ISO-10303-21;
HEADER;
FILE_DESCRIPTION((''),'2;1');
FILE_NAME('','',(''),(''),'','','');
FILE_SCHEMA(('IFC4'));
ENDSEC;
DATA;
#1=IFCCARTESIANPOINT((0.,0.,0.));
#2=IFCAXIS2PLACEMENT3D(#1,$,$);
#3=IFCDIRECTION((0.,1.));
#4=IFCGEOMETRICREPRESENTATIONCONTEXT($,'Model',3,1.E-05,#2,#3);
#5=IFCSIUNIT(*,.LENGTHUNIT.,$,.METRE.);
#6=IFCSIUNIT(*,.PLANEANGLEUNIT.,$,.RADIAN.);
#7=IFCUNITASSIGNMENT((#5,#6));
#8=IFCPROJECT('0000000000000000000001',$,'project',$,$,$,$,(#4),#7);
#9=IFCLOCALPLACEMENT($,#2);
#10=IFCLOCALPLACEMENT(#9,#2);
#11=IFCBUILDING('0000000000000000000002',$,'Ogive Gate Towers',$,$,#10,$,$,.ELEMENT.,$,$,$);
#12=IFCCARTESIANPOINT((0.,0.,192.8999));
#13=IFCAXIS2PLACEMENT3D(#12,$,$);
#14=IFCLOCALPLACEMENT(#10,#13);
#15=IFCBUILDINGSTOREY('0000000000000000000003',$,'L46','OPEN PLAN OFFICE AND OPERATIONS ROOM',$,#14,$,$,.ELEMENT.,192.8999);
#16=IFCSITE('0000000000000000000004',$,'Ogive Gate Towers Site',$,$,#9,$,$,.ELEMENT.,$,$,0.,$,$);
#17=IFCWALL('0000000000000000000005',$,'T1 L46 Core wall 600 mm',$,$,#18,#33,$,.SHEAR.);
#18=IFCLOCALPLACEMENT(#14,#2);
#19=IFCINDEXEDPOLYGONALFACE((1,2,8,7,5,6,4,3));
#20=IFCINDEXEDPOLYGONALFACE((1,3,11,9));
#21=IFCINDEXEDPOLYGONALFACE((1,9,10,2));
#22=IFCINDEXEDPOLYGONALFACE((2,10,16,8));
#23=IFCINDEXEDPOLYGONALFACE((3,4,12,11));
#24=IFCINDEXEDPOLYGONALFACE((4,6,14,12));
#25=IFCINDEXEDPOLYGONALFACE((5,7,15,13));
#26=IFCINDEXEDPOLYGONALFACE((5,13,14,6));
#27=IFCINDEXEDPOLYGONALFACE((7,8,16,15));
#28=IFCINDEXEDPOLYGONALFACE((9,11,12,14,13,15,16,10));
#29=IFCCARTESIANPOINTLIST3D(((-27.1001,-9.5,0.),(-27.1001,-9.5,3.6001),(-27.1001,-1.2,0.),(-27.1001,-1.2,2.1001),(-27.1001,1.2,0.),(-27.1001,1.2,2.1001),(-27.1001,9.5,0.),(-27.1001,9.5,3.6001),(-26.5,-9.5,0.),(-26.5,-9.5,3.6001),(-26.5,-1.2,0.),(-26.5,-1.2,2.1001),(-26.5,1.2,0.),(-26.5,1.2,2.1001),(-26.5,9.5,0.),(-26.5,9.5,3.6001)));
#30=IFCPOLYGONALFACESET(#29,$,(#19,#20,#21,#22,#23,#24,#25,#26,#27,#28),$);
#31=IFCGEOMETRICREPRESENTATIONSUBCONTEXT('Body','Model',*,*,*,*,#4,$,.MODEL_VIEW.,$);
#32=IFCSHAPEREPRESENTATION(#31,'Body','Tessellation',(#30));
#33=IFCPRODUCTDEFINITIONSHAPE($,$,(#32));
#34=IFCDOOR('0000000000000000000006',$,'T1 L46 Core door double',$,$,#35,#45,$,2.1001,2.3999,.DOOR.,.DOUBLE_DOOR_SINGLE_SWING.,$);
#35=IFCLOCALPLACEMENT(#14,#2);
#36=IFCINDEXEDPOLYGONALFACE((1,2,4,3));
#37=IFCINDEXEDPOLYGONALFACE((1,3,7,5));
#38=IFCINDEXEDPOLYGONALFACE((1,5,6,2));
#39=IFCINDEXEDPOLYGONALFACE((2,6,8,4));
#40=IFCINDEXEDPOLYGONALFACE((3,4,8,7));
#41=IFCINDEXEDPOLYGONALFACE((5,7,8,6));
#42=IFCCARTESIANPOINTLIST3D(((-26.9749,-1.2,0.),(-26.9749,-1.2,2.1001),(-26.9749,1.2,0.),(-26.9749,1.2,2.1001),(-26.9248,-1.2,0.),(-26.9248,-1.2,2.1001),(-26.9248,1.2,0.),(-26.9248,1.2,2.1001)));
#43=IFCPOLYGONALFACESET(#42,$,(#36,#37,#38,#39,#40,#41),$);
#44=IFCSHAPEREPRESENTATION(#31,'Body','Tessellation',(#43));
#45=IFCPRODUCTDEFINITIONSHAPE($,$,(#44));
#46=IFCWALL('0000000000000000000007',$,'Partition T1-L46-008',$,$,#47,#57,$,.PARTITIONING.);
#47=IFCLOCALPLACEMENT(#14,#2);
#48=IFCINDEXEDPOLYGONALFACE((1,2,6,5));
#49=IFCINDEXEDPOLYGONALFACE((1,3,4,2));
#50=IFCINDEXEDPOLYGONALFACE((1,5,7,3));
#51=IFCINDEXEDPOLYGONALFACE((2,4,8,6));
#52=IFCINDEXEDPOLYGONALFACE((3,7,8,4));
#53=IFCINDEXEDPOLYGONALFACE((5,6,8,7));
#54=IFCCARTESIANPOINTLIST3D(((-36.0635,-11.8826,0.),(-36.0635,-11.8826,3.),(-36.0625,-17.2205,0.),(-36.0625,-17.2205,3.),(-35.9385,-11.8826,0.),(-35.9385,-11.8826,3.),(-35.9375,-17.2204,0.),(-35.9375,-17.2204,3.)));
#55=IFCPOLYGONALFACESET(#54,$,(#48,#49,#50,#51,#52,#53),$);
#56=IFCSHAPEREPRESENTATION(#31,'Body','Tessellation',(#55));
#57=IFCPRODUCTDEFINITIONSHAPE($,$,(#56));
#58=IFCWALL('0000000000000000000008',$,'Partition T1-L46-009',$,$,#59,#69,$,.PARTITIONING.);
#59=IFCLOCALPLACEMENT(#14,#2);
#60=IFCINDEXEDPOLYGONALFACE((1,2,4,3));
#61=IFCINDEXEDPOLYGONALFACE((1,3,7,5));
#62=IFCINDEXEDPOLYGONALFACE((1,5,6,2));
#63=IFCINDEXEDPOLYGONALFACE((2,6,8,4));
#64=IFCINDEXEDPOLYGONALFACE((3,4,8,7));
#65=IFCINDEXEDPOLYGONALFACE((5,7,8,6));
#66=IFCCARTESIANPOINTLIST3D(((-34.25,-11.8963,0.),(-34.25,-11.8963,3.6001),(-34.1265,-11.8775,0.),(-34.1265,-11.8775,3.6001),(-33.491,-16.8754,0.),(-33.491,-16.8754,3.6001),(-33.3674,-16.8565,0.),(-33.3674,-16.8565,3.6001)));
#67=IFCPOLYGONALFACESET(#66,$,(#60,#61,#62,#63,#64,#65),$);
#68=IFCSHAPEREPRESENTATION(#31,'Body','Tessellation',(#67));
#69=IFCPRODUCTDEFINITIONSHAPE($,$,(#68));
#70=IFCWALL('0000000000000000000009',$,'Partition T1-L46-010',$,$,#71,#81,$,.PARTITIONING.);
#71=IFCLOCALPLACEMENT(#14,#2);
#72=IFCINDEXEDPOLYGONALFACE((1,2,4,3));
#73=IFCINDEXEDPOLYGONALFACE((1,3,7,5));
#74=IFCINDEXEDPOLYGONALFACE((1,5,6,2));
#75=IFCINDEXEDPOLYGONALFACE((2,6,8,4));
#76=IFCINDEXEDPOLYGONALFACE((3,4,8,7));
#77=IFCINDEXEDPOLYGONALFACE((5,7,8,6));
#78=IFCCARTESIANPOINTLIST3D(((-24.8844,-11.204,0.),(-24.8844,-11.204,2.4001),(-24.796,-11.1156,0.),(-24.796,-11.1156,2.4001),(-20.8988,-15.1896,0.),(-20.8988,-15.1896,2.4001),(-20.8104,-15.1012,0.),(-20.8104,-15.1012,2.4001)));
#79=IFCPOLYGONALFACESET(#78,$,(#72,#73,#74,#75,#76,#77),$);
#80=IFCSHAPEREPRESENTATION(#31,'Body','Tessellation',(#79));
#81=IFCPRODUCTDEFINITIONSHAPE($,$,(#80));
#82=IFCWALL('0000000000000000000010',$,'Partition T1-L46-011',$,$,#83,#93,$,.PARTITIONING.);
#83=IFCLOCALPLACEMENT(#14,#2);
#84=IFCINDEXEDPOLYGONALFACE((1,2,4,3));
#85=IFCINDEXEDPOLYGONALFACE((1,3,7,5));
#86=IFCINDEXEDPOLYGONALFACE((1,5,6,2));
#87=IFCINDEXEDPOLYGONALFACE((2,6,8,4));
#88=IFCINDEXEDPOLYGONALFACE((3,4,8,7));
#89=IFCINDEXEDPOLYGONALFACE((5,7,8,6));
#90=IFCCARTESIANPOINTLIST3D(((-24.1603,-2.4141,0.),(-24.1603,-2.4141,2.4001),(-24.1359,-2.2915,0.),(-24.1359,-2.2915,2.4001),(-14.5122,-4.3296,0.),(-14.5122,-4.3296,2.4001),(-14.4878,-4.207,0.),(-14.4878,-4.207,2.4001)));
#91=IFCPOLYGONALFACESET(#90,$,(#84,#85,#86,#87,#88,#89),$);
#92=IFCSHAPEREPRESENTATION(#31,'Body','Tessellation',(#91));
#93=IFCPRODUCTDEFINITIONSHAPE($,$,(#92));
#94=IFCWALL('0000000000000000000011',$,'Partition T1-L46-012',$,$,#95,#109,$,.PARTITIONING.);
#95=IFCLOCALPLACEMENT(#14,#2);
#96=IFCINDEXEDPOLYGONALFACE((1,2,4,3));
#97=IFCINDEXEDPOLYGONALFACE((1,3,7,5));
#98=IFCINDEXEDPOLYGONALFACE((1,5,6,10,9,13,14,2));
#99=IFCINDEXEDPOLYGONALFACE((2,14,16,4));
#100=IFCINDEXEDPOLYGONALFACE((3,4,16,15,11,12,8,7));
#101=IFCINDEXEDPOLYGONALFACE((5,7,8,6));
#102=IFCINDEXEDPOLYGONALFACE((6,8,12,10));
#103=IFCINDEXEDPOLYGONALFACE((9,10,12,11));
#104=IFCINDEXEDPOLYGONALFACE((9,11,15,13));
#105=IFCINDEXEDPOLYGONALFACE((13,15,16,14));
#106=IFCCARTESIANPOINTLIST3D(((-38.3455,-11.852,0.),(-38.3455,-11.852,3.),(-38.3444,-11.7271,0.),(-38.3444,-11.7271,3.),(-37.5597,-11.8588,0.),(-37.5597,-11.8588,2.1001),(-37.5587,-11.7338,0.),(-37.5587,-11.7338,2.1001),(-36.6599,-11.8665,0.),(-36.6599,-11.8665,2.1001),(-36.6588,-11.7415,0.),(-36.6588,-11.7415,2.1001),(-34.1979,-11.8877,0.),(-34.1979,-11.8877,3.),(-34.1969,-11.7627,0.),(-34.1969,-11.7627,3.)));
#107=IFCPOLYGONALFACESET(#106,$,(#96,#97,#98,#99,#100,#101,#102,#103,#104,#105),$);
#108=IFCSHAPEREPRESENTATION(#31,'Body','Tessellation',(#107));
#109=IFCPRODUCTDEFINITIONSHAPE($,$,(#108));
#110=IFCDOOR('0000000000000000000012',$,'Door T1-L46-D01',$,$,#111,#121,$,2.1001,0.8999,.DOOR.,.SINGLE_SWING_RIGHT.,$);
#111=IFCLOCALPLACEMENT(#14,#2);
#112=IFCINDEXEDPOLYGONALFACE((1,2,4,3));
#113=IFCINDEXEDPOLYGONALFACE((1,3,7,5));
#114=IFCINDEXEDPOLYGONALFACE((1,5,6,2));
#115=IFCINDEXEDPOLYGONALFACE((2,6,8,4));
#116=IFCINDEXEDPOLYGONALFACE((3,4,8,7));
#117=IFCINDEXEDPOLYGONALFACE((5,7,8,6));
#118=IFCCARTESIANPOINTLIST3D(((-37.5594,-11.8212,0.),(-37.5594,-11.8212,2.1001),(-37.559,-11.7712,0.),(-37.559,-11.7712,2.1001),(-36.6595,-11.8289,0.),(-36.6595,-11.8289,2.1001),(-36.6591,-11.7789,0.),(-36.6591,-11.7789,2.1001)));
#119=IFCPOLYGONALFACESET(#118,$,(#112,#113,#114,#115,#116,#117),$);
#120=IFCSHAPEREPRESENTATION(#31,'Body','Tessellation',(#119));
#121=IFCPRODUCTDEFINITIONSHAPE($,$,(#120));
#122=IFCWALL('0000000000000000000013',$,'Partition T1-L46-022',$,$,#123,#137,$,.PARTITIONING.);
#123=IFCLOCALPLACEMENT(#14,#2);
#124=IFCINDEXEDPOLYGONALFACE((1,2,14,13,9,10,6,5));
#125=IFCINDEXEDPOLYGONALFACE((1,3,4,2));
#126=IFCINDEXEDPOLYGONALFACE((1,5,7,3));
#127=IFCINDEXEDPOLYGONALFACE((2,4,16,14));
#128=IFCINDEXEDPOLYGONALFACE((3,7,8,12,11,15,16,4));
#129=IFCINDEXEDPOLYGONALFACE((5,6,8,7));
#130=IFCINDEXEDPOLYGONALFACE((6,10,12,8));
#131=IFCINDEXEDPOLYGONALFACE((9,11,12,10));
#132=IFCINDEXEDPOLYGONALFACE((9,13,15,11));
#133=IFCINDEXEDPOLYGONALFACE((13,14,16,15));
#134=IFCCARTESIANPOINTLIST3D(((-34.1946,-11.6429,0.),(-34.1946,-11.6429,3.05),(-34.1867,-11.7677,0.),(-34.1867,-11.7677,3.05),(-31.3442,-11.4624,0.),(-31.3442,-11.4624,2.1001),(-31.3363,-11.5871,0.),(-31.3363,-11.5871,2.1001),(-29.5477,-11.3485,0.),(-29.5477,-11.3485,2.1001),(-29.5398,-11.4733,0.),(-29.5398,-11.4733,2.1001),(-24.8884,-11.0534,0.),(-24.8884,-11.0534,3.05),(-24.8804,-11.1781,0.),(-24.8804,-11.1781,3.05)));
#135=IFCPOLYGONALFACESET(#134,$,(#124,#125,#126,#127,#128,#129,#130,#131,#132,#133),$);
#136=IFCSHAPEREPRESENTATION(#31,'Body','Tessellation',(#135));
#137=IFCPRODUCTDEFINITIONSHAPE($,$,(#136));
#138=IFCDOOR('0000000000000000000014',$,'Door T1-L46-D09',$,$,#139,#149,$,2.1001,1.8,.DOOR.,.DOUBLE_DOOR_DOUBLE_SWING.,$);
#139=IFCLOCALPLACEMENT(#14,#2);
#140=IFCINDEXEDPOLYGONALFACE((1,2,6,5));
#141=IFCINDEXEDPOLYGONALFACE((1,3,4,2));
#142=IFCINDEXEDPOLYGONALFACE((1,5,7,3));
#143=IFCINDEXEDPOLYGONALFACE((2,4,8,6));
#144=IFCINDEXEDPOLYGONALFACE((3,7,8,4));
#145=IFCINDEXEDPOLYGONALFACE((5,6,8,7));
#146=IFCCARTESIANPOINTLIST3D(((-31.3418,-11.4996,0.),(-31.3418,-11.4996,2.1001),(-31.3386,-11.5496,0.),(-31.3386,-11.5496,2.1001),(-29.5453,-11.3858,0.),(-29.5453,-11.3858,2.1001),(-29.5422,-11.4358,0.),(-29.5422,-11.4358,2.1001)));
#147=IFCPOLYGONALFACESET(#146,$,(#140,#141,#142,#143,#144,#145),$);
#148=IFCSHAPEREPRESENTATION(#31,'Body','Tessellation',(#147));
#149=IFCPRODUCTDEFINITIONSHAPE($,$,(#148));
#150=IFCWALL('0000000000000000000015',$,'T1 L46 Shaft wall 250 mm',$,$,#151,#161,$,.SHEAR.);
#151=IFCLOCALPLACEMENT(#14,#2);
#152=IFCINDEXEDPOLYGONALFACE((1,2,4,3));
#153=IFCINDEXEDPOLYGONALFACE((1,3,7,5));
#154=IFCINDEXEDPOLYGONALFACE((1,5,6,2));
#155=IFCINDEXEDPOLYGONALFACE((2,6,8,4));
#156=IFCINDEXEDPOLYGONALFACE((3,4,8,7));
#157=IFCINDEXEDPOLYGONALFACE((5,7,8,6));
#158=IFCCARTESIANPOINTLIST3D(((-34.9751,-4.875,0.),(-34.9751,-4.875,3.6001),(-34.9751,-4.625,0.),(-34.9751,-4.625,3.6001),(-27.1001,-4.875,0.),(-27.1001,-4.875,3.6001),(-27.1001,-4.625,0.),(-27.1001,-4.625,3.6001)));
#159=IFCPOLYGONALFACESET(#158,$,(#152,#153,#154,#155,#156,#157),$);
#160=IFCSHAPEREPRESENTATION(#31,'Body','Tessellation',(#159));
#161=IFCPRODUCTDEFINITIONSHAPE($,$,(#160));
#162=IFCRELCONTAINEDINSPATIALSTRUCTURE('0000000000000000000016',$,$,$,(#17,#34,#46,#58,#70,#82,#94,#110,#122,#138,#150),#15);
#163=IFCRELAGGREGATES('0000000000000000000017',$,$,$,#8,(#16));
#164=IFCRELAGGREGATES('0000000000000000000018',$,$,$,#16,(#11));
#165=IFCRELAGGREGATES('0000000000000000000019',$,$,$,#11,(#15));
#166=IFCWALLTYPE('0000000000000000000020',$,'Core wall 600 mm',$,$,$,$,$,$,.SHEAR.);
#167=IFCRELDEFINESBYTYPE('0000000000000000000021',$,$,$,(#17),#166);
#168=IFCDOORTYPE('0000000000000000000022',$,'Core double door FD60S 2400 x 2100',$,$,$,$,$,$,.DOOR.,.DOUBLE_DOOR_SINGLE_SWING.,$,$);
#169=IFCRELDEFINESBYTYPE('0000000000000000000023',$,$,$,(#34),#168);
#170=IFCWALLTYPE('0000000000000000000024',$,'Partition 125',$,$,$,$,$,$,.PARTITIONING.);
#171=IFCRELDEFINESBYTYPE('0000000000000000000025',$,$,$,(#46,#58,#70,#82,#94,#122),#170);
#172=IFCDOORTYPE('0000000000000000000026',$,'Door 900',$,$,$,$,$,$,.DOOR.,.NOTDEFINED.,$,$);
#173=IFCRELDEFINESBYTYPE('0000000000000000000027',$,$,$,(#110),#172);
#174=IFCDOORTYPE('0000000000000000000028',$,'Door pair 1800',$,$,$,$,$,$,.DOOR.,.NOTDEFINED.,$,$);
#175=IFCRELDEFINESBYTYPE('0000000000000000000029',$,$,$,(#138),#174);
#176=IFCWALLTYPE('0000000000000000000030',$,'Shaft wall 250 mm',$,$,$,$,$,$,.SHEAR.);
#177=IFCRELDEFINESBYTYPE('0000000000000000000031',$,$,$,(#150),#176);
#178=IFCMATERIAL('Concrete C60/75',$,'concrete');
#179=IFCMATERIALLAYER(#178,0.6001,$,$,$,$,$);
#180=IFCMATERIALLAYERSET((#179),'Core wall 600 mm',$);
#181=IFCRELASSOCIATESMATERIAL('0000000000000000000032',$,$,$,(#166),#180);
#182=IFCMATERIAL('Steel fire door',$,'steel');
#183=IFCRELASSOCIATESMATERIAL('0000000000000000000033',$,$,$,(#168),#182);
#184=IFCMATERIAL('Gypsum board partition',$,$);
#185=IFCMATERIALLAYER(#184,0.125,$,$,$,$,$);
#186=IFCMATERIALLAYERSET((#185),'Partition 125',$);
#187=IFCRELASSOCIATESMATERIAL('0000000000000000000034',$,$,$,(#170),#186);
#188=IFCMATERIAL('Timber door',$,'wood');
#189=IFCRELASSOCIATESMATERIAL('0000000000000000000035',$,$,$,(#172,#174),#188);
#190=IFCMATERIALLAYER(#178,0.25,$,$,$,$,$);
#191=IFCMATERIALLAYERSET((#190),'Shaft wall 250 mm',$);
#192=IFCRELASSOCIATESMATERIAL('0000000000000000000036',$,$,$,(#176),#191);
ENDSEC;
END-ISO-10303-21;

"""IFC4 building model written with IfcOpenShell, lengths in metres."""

from ifc_helpers import new_model, si_unit, direction, frame, frame_2d, origin, place, context, subcontext, project, spatial, rectangle, extrude, material, layer, layer_set, type_object, element, fill, save


model = new_model("IFC4")

# Units and contexts
model_context = context("Model", 3, precision=1e-05, world=origin(), true_north=direction((0.0, 1.0)))
body_context = subcontext(model_context, "Body", "Model", "MODEL_VIEW")
ifc_project = project(units=[si_unit("LENGTHUNIT", "METRE"), si_unit("PLANEANGLEUNIT", "RADIAN")], contexts=[model_context])

# Site, building, storey
site_placement = place(None, origin())
site = spatial("IfcSite", under=ifc_project, at=site_placement, Name="Ogive Gate Towers Site", CompositionType="ELEMENT", RefElevation=0.0)
building_placement = place(site_placement, origin())
building = spatial("IfcBuilding", under=site, at=building_placement, Name="Ogive Gate Towers", CompositionType="ELEMENT")
storey_placement = place(building_placement, frame((0.0, 0.0, 192.8999)))
storey = spatial("IfcBuildingStorey", under=building, at=storey_placement, Name="L46", Description="OPEN PLAN OFFICE AND OPERATIONS ROOM", CompositionType="ELEMENT", Elevation=192.8999)

# Wall, opening, door
ifc_material_1 = material(Name="Concrete C60/75", Category="concrete")
ifc_layer_1 = layer(ifc_material_1, 0.6001)
ifc_layer_set_1 = layer_set([ifc_layer_1], Name="Core wall 600 mm")
wall_type_1 = type_object("IfcWallType", Name="Core wall 600 mm", PredefinedType="SHEAR", material=ifc_layer_set_1)
wall_1_placement = place(storey_placement, frame((-26.8, -9.5, 0.0), z_axis=(0.0, 0.0, 1.0), x_axis=(0.0, 1.0, 0.0)))
wall_1 = element("IfcWall", 1, at=wall_1_placement, inside=storey, type_object=wall_type_1, Name="T1 L46 Core wall 600 mm", PredefinedType="SHEAR", context=body_context, shape_type="SweptSolid", body=[
    extrude(rectangle(XDim=19.0, YDim=0.6001, at=frame_2d((9.5, 0.0))), origin(), (0.0, 0.0, 1.0), 3.6001),
])
opening_1_placement = place(wall_1_placement, frame((8.3, 0.0, 0.0)))
opening_1 = element("IfcOpeningElement", 2, at=opening_1_placement, cuts=wall_1, PredefinedType="OPENING", context=body_context, shape_type="SweptSolid", body=[
    extrude(rectangle(XDim=2.3999, YDim=2.1001, at=frame_2d((1.2, 1.05))), frame((0.0, 0.3101, 0.0), z_axis=(0.0, -1.0, 0.0), x_axis=(1.0, 0.0, 0.0)), (0.0, 0.0, 1.0), 0.6201),
])
ifc_material_2 = material(Name="Steel fire door", Category="steel")
door_type_1 = type_object("IfcDoorType", Name="Core double door FD60S 2400 x 2100", OperationType="DOUBLE_DOOR_SINGLE_SWING", PredefinedType="DOOR", material=ifc_material_2)
door_1_placement = place(opening_1_placement, origin())
door_1 = element("IfcDoor", 3, at=door_1_placement, inside=storey, type_object=door_type_1, Name="T1 L46 Core door double", OperationType="DOUBLE_DOOR_SINGLE_SWING", OverallHeight=2.1001, OverallWidth=2.3999, PredefinedType="DOOR", context=body_context, shape_type="SweptSolid", body=[
    extrude(rectangle(XDim=2.3999, YDim=2.1001, at=frame_2d((1.2, 1.05))), frame((0.0, 0.1748, 0.0), z_axis=(0.0, -1.0, 0.0), x_axis=(1.0, 0.0, 0.0)), (0.0, 0.0, 1.0), 0.05),
])
fill(opening_1, door_1)

# Walls
ifc_material_3 = material(Name="Gypsum board partition")
ifc_layer_2 = layer(ifc_material_3, 0.125)
ifc_layer_set_2 = layer_set([ifc_layer_2], Name="Partition 125")
wall_type_2 = type_object("IfcWallType", Name="Partition 125", PredefinedType="PARTITIONING", material=ifc_layer_set_2)
wall_2_placement = place(storey_placement, frame((-36.0, -17.2205, 0.0), z_axis=(0.0, 0.0, 1.0), x_axis=(-0.000183, 1.0, 0.0)))
element("IfcWall", 4, at=wall_2_placement, inside=storey, type_object=wall_type_2, Name="Partition T1-L46-008", PredefinedType="PARTITIONING", context=body_context, shape_type="SweptSolid", body=[
    extrude(rectangle(XDim=5.3379, YDim=0.125, at=frame_2d((2.6689, 0.0))), origin(), (0.0, 0.0, 1.0), 3.0),
])
wall_3_placement = place(storey_placement, frame((-33.4292, -16.866, 0.0), z_axis=(0.0, 0.0, 1.0), x_axis=(-0.150706, 0.988579, 0.0)))
element("IfcWall", 5, at=wall_3_placement, inside=storey, type_object=wall_type_2, Name="Partition T1-L46-009", PredefinedType="PARTITIONING", context=body_context, shape_type="SweptSolid", body=[
    extrude(rectangle(XDim=5.0366, YDim=0.125, at=frame_2d((2.5183, 0.0))), origin(), (0.0, 0.0, 1.0), 3.6001),
])
wall_4_placement = place(storey_placement, frame((-20.8545, -15.1455, 0.0), z_axis=(0.0, 0.0, 1.0), x_axis=(-0.707107, 0.707107, 0.0)))
element("IfcWall", 6, at=wall_4_placement, inside=storey, type_object=wall_type_2, Name="Partition T1-L46-010", PredefinedType="PARTITIONING", context=body_context, shape_type="SweptSolid", body=[
    extrude(rectangle(XDim=5.6365, YDim=0.125, at=frame_2d((2.8184, 0.0))), origin(), (0.0, 0.0, 1.0), 2.4001),
])
wall_5_placement = place(storey_placement, frame((-14.5, -4.2683, 0.0), z_axis=(0.0, 0.0, 1.0), x_axis=(-0.980856, 0.194737, 0.0)))
element("IfcWall", 7, at=wall_5_placement, inside=storey, type_object=wall_type_2, Name="Partition T1-L46-011", PredefinedType="PARTITIONING", context=body_context, shape_type="SweptSolid", body=[
    extrude(rectangle(XDim=9.8364, YDim=0.125, at=frame_2d((4.9182, 0.0))), origin(), (0.0, 0.0, 1.0), 2.4001),
])

# Walls, openings, doors
wall_6_placement = place(storey_placement, frame((-34.1975, -11.8252, 0.0), z_axis=(0.0, 0.0, 1.0), x_axis=(-0.999963, 0.008594, 0.0)))
wall_6 = element("IfcWall", 8, at=wall_6_placement, inside=storey, type_object=wall_type_2, Name="Partition T1-L46-012", PredefinedType="PARTITIONING", context=body_context, shape_type="SweptSolid", body=[
    extrude(rectangle(XDim=4.1477, YDim=0.125, at=frame_2d((2.0737, 0.0))), origin(), (0.0, 0.0, 1.0), 3.0),
])
opening_2_placement = place(wall_6_placement, frame((2.4619, 0.0, 0.0)))
opening_2 = element("IfcOpeningElement", 9, at=opening_2_placement, cuts=wall_6, PredefinedType="OPENING", context=body_context, shape_type="SweptSolid", body=[
    extrude(rectangle(XDim=0.8999, YDim=2.1001, at=frame_2d((0.45, 1.05))), frame((0.0, 0.0725, 0.0), z_axis=(0.0, -1.0, 0.0), x_axis=(1.0, 0.0, 0.0)), (0.0, 0.0, 1.0), 0.145),
])
ifc_material_4 = material(Name="Timber door", Category="wood")
door_type_2 = type_object("IfcDoorType", Name="Door 900", OperationType="NOTDEFINED", PredefinedType="DOOR", material=ifc_material_4)
door_2_placement = place(opening_2_placement, origin())
door_2 = element("IfcDoor", 10, at=door_2_placement, inside=storey, type_object=door_type_2, Name="Door T1-L46-D01", OperationType="SINGLE_SWING_RIGHT", OverallHeight=2.1001, OverallWidth=0.8999, PredefinedType="DOOR", context=body_context, shape_type="SweptSolid", body=[
    extrude(rectangle(XDim=0.8999, YDim=2.1001, at=frame_2d((0.45, 1.05))), frame((0.0, 0.0249, 0.0), z_axis=(0.0, -1.0, 0.0), x_axis=(1.0, 0.0, 0.0)), (0.0, 0.0, 1.0), 0.05),
])
fill(opening_2, door_2)
wall_7_placement = place(storey_placement, frame((-24.8843, -11.1157, 0.0), z_axis=(0.0, 0.0, 1.0), x_axis=(-0.997999, -0.063227, 0.0)))
wall_7 = element("IfcWall", 11, at=wall_7_placement, inside=storey, type_object=wall_type_2, Name="Partition T1-L46-022", PredefinedType="PARTITIONING", context=body_context, shape_type="SweptSolid", body=[
    extrude(rectangle(XDim=9.325, YDim=0.125, at=frame_2d((4.6626, 0.0))), origin(), (0.0, 0.0, 1.0), 3.05),
])
opening_3_placement = place(wall_7_placement, frame((4.6689, 0.0, 0.0)))
opening_3 = element("IfcOpeningElement", 12, at=opening_3_placement, cuts=wall_7, PredefinedType="OPENING", context=body_context, shape_type="SweptSolid", body=[
    extrude(rectangle(XDim=1.8, YDim=2.1001, at=frame_2d((0.8999, 1.05))), frame((0.0, 0.0725, 0.0), z_axis=(0.0, -1.0, 0.0), x_axis=(1.0, 0.0, 0.0)), (0.0, 0.0, 1.0), 0.145),
])
door_type_3 = type_object("IfcDoorType", Name="Door pair 1800", OperationType="NOTDEFINED", PredefinedType="DOOR", material=ifc_material_4)
door_3_placement = place(opening_3_placement, origin())
door_3 = element("IfcDoor", 13, at=door_3_placement, inside=storey, type_object=door_type_3, Name="Door T1-L46-D09", OperationType="DOUBLE_DOOR_DOUBLE_SWING", OverallHeight=2.1001, OverallWidth=1.8, PredefinedType="DOOR", context=body_context, shape_type="SweptSolid", body=[
    extrude(rectangle(XDim=1.8, YDim=2.1001, at=frame_2d((0.8999, 1.05))), frame((0.0, 0.0249, 0.0), z_axis=(0.0, -1.0, 0.0), x_axis=(1.0, 0.0, 0.0)), (0.0, 0.0, 1.0), 0.05),
])
fill(opening_3, door_3)

# Wall
ifc_layer_3 = layer(ifc_material_1, 0.25)
ifc_layer_set_3 = layer_set([ifc_layer_3], Name="Shaft wall 250 mm")
wall_type_3 = type_object("IfcWallType", Name="Shaft wall 250 mm", PredefinedType="SHEAR", material=ifc_layer_set_3)
wall_8_placement = place(storey_placement, frame((-34.9751, -4.75, 0.0), z_axis=(0.0, 0.0, 1.0), x_axis=(1.0, 0.0, 0.0)))
element("IfcWall", 14, at=wall_8_placement, inside=storey, type_object=wall_type_3, Name="T1 L46 Shaft wall 250 mm", PredefinedType="SHEAR", context=body_context, shape_type="SweptSolid", body=[
    extrude(rectangle(XDim=7.875, YDim=0.25, at=frame_2d((3.9375, 0.0))), origin(), (0.0, 0.0, 1.0), 3.6001),
])

save(model, "model.ifc")
